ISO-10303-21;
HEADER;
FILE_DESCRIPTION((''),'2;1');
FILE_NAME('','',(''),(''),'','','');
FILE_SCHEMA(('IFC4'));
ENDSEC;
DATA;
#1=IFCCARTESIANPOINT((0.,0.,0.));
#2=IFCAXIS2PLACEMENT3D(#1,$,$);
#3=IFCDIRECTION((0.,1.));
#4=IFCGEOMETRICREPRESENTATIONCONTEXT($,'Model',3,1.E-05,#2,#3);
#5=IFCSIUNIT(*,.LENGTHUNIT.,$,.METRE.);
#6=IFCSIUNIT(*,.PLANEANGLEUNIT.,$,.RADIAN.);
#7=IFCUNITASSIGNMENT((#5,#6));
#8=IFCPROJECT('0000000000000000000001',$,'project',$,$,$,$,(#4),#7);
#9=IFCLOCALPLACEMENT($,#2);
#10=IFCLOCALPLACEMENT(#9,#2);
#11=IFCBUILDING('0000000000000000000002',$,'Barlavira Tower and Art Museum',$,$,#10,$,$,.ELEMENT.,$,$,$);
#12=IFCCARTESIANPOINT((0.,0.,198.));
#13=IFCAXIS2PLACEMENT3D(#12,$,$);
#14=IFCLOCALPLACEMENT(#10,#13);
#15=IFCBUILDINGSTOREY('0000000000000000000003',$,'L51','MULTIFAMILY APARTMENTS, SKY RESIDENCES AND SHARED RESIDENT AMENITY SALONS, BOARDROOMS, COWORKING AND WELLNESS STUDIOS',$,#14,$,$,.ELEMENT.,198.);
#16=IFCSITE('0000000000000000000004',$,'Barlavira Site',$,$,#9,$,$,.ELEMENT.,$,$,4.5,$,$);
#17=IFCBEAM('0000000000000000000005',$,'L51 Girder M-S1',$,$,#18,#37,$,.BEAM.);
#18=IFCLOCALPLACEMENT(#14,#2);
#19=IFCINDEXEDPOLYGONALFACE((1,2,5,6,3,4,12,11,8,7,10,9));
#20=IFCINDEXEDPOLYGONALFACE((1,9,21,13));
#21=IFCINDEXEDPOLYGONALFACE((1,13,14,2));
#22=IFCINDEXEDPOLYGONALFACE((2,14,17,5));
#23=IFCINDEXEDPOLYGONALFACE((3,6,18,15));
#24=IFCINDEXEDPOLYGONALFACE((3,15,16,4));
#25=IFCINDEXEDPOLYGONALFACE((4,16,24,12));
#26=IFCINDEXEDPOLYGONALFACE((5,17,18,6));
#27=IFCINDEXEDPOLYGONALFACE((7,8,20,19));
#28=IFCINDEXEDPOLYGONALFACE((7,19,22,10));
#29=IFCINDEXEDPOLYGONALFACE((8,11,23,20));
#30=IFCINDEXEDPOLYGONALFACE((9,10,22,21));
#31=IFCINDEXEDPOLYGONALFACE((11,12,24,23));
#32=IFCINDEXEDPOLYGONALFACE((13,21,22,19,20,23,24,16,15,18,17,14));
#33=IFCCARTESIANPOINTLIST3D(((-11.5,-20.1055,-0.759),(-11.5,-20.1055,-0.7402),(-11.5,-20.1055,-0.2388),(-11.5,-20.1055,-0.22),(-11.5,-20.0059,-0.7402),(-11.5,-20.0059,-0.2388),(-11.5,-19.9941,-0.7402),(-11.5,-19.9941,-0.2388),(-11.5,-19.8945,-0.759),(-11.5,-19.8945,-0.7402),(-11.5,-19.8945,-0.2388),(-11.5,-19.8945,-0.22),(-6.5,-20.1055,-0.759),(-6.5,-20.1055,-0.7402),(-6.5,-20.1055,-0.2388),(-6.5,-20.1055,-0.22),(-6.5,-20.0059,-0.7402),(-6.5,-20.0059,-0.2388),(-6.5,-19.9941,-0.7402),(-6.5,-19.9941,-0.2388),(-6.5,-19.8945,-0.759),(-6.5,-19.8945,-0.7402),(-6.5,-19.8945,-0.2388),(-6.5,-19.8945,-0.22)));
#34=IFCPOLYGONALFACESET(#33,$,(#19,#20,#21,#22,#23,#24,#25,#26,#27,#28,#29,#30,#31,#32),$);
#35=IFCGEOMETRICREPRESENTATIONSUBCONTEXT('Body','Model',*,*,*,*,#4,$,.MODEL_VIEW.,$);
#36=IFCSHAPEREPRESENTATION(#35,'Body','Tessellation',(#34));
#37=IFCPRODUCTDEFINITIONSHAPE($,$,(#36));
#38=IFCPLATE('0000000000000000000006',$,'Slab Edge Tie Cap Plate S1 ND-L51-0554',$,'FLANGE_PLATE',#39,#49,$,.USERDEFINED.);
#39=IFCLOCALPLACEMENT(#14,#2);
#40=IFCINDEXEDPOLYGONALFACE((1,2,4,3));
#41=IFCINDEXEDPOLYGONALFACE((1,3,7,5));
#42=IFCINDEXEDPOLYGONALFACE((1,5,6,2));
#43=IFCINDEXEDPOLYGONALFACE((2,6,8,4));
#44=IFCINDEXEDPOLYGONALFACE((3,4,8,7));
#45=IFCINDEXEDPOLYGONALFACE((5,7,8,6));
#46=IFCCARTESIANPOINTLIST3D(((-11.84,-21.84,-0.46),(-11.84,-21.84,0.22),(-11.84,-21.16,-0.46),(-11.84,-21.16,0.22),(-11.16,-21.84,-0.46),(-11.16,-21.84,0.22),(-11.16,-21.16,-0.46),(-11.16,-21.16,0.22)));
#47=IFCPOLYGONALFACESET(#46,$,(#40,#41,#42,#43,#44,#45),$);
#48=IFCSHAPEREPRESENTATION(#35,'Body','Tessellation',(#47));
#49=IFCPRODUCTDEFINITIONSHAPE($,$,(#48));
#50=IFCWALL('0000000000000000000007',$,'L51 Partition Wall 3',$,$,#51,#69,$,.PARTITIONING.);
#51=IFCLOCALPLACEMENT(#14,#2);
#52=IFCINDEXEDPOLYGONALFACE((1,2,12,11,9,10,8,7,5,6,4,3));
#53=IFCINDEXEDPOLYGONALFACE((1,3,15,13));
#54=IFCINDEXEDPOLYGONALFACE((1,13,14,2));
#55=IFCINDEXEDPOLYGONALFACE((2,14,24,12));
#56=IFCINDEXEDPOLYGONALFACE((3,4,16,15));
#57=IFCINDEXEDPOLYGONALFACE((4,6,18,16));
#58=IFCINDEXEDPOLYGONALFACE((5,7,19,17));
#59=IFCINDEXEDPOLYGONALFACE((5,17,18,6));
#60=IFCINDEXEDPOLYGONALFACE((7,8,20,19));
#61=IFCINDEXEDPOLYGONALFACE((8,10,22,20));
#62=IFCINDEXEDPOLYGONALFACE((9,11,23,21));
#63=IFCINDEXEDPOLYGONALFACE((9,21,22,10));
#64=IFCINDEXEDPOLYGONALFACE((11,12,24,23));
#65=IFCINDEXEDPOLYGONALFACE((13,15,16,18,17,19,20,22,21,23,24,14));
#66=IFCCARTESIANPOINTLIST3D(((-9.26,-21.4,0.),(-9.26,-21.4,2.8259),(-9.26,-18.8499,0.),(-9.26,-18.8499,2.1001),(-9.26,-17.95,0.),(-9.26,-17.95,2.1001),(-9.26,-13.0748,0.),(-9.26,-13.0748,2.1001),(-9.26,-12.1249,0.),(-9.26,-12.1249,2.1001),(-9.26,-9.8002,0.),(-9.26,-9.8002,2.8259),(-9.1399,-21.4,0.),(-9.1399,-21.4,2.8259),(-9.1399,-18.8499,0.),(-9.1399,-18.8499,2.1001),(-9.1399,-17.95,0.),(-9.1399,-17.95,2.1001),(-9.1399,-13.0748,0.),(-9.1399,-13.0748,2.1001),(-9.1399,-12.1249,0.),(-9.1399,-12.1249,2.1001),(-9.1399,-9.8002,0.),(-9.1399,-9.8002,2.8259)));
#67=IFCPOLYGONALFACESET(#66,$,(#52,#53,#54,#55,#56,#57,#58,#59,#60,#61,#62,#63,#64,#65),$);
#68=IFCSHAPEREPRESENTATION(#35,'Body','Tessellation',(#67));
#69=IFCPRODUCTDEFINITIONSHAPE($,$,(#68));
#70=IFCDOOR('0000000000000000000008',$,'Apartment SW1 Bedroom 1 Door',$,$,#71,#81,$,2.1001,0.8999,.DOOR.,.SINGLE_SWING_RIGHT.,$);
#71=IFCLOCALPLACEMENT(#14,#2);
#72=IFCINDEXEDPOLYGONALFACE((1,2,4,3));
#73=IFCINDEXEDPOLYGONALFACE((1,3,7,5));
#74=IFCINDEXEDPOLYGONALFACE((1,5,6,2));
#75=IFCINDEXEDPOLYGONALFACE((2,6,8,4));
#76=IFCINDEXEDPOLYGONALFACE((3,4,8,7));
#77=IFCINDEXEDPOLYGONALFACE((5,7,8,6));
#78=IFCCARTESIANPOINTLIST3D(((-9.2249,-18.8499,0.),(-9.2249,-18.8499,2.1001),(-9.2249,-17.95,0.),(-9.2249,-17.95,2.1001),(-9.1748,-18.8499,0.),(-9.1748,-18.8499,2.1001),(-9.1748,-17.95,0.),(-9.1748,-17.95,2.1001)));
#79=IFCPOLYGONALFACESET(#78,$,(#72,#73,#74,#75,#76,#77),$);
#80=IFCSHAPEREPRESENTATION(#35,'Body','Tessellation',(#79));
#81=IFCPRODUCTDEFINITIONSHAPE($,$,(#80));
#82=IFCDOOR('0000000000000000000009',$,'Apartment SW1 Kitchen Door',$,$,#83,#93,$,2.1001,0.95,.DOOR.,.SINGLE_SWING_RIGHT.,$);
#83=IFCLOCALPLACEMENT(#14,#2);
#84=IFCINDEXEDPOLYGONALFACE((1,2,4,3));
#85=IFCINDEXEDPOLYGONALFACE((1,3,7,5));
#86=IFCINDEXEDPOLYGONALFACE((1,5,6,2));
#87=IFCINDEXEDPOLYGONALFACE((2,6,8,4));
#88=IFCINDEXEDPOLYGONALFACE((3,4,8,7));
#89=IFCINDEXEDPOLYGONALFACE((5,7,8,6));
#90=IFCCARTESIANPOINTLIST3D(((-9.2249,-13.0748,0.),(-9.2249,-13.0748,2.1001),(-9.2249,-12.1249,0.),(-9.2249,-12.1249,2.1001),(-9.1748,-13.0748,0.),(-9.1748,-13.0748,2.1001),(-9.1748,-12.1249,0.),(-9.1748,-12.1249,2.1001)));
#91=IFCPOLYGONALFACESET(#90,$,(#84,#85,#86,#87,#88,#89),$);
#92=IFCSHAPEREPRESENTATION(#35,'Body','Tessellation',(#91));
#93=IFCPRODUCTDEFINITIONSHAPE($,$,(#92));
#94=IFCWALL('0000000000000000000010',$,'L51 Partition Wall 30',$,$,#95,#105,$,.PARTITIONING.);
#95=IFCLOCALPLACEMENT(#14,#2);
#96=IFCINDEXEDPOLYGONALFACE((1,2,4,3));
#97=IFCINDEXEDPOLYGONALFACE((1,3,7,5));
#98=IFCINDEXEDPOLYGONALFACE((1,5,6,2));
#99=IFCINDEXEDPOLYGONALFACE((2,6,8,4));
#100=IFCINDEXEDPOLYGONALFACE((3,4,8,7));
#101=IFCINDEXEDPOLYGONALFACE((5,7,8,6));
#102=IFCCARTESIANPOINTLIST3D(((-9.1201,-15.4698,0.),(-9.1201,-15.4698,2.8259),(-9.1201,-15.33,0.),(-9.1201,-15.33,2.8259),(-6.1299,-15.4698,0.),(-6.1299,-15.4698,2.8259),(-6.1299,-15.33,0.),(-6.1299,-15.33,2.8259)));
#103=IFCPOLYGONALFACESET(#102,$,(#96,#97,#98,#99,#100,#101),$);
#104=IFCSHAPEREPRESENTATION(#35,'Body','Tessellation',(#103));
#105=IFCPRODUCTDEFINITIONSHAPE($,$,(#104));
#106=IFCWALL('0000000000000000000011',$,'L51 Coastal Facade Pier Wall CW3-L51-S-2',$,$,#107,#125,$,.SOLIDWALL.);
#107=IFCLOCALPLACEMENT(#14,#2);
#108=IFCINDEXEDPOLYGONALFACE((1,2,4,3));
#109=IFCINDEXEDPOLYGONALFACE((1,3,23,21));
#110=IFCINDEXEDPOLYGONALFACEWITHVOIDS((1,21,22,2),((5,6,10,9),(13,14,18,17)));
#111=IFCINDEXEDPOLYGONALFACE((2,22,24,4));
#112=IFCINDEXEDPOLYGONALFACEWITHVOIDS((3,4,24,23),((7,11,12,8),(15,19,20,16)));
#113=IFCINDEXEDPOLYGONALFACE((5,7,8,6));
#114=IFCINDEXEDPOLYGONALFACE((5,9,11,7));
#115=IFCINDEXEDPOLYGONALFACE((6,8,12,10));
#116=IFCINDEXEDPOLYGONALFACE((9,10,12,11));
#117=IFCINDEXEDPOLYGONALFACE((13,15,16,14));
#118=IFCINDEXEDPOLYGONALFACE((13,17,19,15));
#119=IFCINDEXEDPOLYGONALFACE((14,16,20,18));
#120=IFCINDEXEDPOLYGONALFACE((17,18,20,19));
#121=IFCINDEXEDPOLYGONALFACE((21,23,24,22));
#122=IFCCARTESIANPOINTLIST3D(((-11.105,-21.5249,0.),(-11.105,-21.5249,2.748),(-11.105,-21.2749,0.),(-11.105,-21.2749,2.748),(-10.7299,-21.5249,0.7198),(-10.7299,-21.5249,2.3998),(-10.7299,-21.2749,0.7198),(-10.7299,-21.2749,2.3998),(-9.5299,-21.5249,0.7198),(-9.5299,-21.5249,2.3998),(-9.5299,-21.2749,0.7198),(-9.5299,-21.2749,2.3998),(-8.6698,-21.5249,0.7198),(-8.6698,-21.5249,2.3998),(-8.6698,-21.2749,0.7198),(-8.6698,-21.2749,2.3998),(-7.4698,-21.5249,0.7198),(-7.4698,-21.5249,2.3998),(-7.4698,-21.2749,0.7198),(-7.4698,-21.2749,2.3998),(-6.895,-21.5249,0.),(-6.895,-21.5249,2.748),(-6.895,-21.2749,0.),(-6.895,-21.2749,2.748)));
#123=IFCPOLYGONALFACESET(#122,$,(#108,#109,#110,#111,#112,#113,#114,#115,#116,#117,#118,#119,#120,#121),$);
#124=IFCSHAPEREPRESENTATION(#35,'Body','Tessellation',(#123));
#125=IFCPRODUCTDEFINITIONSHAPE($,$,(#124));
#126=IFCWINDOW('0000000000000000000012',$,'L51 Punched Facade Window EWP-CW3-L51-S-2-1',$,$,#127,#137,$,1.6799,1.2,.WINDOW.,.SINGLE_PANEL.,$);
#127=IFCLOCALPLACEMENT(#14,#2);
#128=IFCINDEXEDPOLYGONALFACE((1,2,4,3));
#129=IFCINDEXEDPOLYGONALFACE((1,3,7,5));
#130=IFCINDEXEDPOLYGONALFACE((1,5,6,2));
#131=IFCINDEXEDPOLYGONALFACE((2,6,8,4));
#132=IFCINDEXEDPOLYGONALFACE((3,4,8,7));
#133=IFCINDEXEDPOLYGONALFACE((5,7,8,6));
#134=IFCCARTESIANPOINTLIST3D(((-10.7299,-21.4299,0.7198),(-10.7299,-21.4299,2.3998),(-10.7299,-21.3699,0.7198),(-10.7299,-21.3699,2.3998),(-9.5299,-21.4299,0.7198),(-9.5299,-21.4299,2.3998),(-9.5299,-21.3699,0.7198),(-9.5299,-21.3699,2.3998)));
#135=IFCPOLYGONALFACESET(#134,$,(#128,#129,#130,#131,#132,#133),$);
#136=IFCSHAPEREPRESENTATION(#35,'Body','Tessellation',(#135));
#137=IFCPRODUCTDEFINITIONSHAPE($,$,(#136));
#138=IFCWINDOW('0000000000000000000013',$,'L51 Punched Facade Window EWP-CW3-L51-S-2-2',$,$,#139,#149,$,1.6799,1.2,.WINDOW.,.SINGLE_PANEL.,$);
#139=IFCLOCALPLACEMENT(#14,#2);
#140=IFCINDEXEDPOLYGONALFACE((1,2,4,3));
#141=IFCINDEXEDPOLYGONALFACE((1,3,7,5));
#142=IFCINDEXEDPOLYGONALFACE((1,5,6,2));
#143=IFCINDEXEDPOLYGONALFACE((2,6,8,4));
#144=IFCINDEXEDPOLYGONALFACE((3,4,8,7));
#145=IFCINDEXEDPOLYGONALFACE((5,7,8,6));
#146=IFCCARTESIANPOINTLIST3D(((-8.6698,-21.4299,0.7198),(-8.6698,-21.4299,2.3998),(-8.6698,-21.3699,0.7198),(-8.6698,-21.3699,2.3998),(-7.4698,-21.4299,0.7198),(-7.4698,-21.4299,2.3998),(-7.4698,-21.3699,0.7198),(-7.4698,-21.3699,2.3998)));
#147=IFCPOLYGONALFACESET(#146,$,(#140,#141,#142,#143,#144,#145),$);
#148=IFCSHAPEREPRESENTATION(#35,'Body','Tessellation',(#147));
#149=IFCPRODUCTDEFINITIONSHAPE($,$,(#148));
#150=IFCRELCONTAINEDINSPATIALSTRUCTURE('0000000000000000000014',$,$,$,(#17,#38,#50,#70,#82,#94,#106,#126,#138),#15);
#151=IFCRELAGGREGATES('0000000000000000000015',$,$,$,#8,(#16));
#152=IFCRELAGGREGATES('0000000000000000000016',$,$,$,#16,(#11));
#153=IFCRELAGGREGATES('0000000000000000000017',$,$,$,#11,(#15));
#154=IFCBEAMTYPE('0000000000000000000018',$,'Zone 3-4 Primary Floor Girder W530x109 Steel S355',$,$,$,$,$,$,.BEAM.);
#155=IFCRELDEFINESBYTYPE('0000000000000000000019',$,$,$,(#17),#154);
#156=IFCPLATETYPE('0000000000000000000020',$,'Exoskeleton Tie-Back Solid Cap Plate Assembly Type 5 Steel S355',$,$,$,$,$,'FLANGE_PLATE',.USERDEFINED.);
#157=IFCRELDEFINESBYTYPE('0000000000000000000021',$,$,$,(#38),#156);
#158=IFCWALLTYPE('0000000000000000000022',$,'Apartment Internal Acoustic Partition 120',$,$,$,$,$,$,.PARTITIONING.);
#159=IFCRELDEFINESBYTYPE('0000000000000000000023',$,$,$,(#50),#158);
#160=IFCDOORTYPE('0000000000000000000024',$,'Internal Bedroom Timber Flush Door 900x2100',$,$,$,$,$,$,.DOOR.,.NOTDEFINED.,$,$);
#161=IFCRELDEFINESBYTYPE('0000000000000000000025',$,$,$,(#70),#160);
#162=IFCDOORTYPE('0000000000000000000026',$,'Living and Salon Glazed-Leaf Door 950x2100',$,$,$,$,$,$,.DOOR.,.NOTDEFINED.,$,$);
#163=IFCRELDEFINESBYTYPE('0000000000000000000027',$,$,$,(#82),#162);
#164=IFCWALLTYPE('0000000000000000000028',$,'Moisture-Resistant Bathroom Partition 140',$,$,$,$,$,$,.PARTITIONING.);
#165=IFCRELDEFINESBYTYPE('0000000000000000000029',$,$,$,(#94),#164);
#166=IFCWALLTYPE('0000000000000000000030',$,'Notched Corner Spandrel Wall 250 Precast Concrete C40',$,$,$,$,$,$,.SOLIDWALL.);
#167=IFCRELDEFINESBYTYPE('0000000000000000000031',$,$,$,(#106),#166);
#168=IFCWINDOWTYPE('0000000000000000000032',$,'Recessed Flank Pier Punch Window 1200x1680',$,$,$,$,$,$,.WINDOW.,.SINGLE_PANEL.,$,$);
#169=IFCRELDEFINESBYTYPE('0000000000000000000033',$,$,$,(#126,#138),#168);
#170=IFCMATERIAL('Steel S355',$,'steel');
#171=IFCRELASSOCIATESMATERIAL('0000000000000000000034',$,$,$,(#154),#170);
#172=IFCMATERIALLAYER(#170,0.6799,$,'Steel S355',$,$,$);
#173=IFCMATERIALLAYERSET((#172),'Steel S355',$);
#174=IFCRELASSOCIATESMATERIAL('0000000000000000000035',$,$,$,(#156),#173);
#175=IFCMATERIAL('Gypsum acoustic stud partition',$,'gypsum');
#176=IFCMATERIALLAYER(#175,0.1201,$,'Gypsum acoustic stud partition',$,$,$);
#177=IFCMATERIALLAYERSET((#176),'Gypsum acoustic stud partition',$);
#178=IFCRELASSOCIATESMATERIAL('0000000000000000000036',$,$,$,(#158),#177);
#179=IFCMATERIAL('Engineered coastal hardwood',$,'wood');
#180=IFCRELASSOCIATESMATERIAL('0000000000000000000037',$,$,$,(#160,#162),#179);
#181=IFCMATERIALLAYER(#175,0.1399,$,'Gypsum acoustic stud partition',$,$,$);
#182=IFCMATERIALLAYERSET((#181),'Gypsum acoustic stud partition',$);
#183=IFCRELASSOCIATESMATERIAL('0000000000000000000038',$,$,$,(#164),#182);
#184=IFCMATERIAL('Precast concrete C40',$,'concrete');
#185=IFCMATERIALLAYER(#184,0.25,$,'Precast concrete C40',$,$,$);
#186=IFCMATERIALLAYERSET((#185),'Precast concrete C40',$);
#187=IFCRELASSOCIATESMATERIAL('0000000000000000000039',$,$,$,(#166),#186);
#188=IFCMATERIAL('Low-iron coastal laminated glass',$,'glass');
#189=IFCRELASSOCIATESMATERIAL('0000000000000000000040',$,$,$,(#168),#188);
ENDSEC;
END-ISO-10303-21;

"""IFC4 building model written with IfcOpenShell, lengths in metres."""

from ifc_helpers import new_model, si_unit, direction, frame, frame_2d, origin, origin_2d, place, context, subcontext, project, spatial, rectangle, i_section, extrude, material, layer, layer_set, material_profile, profile_set, type_object, element, fill, save


model = new_model("IFC4")

# Units and contexts
model_context = context("Model", 3, precision=1e-05, world=origin(), true_north=direction((0.0, 1.0)))
body_context = subcontext(model_context, "Body", "Model", "MODEL_VIEW")
ifc_project = project(units=[si_unit("LENGTHUNIT", "METRE"), si_unit("PLANEANGLEUNIT", "RADIAN")], contexts=[model_context])

# Site, building, storey
site_placement = place(None, origin())
site = spatial("IfcSite", under=ifc_project, at=site_placement, Name="Barlavira Site", CompositionType="ELEMENT", RefElevation=4.5)
building_placement = place(site_placement, origin())
building = spatial("IfcBuilding", under=site, at=building_placement, Name="Barlavira Tower and Art Museum", CompositionType="ELEMENT")
storey_placement = place(building_placement, frame((0.0, 0.0, 198.0)))
storey = spatial("IfcBuildingStorey", under=building, at=storey_placement, Name="L51", Description="MULTIFAMILY APARTMENTS, SKY RESIDENCES AND SHARED RESIDENT AMENITY SALONS, BOARDROOMS, COWORKING AND WELLNESS STUDIOS", CompositionType="ELEMENT", Elevation=198.0)

# Shared definitions
ifc_material_1 = material(Name="Steel S355", Category="steel")

# Beam
ifc_material_profile_1 = material_profile(ifc_material_1, i_section(OverallWidth=0.2109, OverallDepth=0.5391, WebThickness=0.0117, FlangeThickness=0.0188, at=origin_2d()), Name="W530x109.0")
ifc_profile_set_1 = profile_set([ifc_material_profile_1], Name="Steel S355")
beam_type_1 = type_object("IfcBeamType", Name="Zone 3-4 Primary Floor Girder W530x109 Steel S355", PredefinedType="BEAM", material=ifc_profile_set_1)
beam_1_placement = place(storey_placement, frame((-11.5, -20.0, -0.4895), z_axis=(1.0, 0.0, 0.0), x_axis=(0.0, 1.0, 0.0)))
element("IfcBeam", 1, at=beam_1_placement, inside=storey, type_object=beam_type_1, Name="L51 Girder M-S1", PredefinedType="BEAM", context=body_context, shape_type="SweptSolid", body=[
    extrude(i_section(OverallWidth=0.2109, OverallDepth=0.5391, WebThickness=0.0117, FlangeThickness=0.0188, at=origin_2d()), origin(), (0.0, 0.0, 1.0), 5.0),
])

# Plate
ifc_layer_1 = layer(ifc_material_1, 0.6799, Name="Steel S355")
ifc_layer_set_1 = layer_set([ifc_layer_1], Name="Steel S355")
plate_type = type_object("IfcPlateType", Name="Exoskeleton Tie-Back Solid Cap Plate Assembly Type 5 Steel S355", ElementType="FLANGE_PLATE", PredefinedType="USERDEFINED", material=ifc_layer_set_1)
plate_placement = place(storey_placement, frame((-11.5, -21.5, -0.46), z_axis=(0.0, 0.0, 1.0), x_axis=(1.0, 0.0, 0.0)))
element("IfcPlate", 2, at=plate_placement, inside=storey, type_object=plate_type, Name="Slab Edge Tie Cap Plate S1 ND-L51-0554", ObjectType="FLANGE_PLATE", PredefinedType="USERDEFINED", context=body_context, shape_type="SweptSolid", body=[
    extrude(rectangle(XDim=0.6799, YDim=0.6799, at=origin_2d()), origin(), (0.0, 0.0, 1.0), 0.6799),
])

# Wall, openings, doors
ifc_material_2 = material(Name="Gypsum acoustic stud partition", Category="gypsum")
ifc_layer_2 = layer(ifc_material_2, 0.1201, Name="Gypsum acoustic stud partition")
ifc_layer_set_2 = layer_set([ifc_layer_2], Name="Gypsum acoustic stud partition")
wall_type_1 = type_object("IfcWallType", Name="Apartment Internal Acoustic Partition 120", PredefinedType="PARTITIONING", material=ifc_layer_set_2)
wall_1_placement = place(storey_placement, frame((-9.2, -21.3999, 0.0), z_axis=(0.0, 0.0, 1.0), x_axis=(0.0, 1.0, 0.0)))
wall_1 = element("IfcWall", 3, at=wall_1_placement, inside=storey, type_object=wall_type_1, Name="L51 Partition Wall 3", PredefinedType="PARTITIONING", context=body_context, shape_type="SweptSolid", body=[
    extrude(rectangle(XDim=11.5999, YDim=0.1201, at=frame_2d((5.7998, 0.0))), origin(), (0.0, 0.0, 1.0), 2.8259),
])
opening_1_placement = place(wall_1_placement, frame((8.325, 0.0, 0.0)))
opening_1 = element("IfcOpeningElement", 4, at=opening_1_placement, cuts=wall_1, PredefinedType="OPENING", context=body_context, shape_type="SweptSolid", body=[
    extrude(rectangle(XDim=0.95, YDim=2.1001, at=frame_2d((0.4751, 1.05))), frame((0.0, 0.0701, 0.0), z_axis=(0.0, -1.0, 0.0), x_axis=(1.0, 0.0, 0.0)), (0.0, 0.0, 1.0), 0.1401),
])
opening_2_placement = place(wall_1_placement, frame((2.55, 0.0, 0.0)))
opening_2 = element("IfcOpeningElement", 5, at=opening_2_placement, cuts=wall_1, PredefinedType="OPENING", context=body_context, shape_type="SweptSolid", body=[
    extrude(rectangle(XDim=0.8999, YDim=2.1001, at=frame_2d((0.45, 1.05))), frame((0.0, 0.0701, 0.0), z_axis=(0.0, -1.0, 0.0), x_axis=(1.0, 0.0, 0.0)), (0.0, 0.0, 1.0), 0.1401),
])
ifc_material_3 = material(Name="Engineered coastal hardwood", Category="wood")
door_type_1 = type_object("IfcDoorType", Name="Internal Bedroom Timber Flush Door 900x2100", OperationType="NOTDEFINED", PredefinedType="DOOR", material=ifc_material_3)
door_1_placement = place(opening_2_placement, origin())
door_1 = element("IfcDoor", 6, at=door_1_placement, inside=storey, type_object=door_type_1, Name="Apartment SW1 Bedroom 1 Door", OperationType="SINGLE_SWING_RIGHT", OverallHeight=2.1001, OverallWidth=0.8999, PredefinedType="DOOR", context=body_context, shape_type="SweptSolid", body=[
    extrude(rectangle(XDim=0.8999, YDim=2.1001, at=frame_2d((0.45, 1.05))), frame((0.0, 0.0249, 0.0), z_axis=(0.0, -1.0, 0.0), x_axis=(1.0, 0.0, 0.0)), (0.0, 0.0, 1.0), 0.05),
])
fill(opening_2, door_1)
door_type_2 = type_object("IfcDoorType", Name="Living and Salon Glazed-Leaf Door 950x2100", OperationType="NOTDEFINED", PredefinedType="DOOR", material=ifc_material_3)
door_2_placement = place(opening_1_placement, origin())
door_2 = element("IfcDoor", 7, at=door_2_placement, inside=storey, type_object=door_type_2, Name="Apartment SW1 Kitchen Door", OperationType="SINGLE_SWING_RIGHT", OverallHeight=2.1001, OverallWidth=0.95, PredefinedType="DOOR", context=body_context, shape_type="SweptSolid", body=[
    extrude(rectangle(XDim=0.95, YDim=2.1001, at=frame_2d((0.4751, 1.05))), frame((0.0, 0.0249, 0.0), z_axis=(0.0, -1.0, 0.0), x_axis=(1.0, 0.0, 0.0)), (0.0, 0.0, 1.0), 0.05),
])
fill(opening_1, door_2)

# Wall
ifc_layer_3 = layer(ifc_material_2, 0.1399, Name="Gypsum acoustic stud partition")
ifc_layer_set_3 = layer_set([ifc_layer_3], Name="Gypsum acoustic stud partition")
wall_type_2 = type_object("IfcWallType", Name="Moisture-Resistant Bathroom Partition 140", PredefinedType="PARTITIONING", material=ifc_layer_set_3)
wall_2_placement = place(storey_placement, frame((-9.1201, -15.3999, 0.0), z_axis=(0.0, 0.0, 1.0), x_axis=(1.0, 0.0, 0.0)))
element("IfcWall", 8, at=wall_2_placement, inside=storey, type_object=wall_type_2, Name="L51 Partition Wall 30", PredefinedType="PARTITIONING", context=body_context, shape_type="SweptSolid", body=[
    extrude(rectangle(XDim=2.9902, YDim=0.1399, at=frame_2d((1.4951, 0.0))), origin(), (0.0, 0.0, 1.0), 2.8259),
])

# Wall, openings, windows
ifc_material_4 = material(Name="Precast concrete C40", Category="concrete")
ifc_layer_4 = layer(ifc_material_4, 0.25, Name="Precast concrete C40")
ifc_layer_set_4 = layer_set([ifc_layer_4], Name="Precast concrete C40")
wall_type_3 = type_object("IfcWallType", Name="Notched Corner Spandrel Wall 250 Precast Concrete C40", PredefinedType="SOLIDWALL", material=ifc_layer_set_4)
wall_3_placement = place(storey_placement, frame((-11.105, -21.3999, 0.0), z_axis=(0.0, 0.0, 1.0), x_axis=(1.0, 0.0, 0.0)))
wall_3 = element("IfcWall", 9, at=wall_3_placement, inside=storey, type_object=wall_type_3, Name="L51 Coastal Facade Pier Wall CW3-L51-S-2", PredefinedType="SOLIDWALL", context=body_context, shape_type="SweptSolid", body=[
    extrude(rectangle(XDim=4.21, YDim=0.25, at=frame_2d((2.105, 0.0))), origin(), (0.0, 0.0, 1.0), 2.748),
])
opening_3_placement = place(wall_3_placement, frame((0.375, 0.0, 0.72)))
opening_3 = element("IfcOpeningElement", 10, at=opening_3_placement, cuts=wall_3, PredefinedType="OPENING", context=body_context, shape_type="SweptSolid", body=[
    extrude(rectangle(XDim=1.2, YDim=1.6799, at=frame_2d((0.6001, 0.8398))), frame((0.0, 0.135, 0.0), z_axis=(0.0, -1.0, 0.0), x_axis=(1.0, 0.0, 0.0)), (0.0, 0.0, 1.0), 0.27),
])
opening_4_placement = place(wall_3_placement, frame((2.4351, 0.0, 0.72)))
opening_4 = element("IfcOpeningElement", 11, at=opening_4_placement, cuts=wall_3, PredefinedType="OPENING", context=body_context, shape_type="SweptSolid", body=[
    extrude(rectangle(XDim=1.2, YDim=1.6799, at=frame_2d((0.6001, 0.8398))), frame((0.0, 0.135, 0.0), z_axis=(0.0, -1.0, 0.0), x_axis=(1.0, 0.0, 0.0)), (0.0, 0.0, 1.0), 0.27),
])
ifc_material_5 = material(Name="Low-iron coastal laminated glass", Category="glass")
window_type = type_object("IfcWindowType", Name="Recessed Flank Pier Punch Window 1200x1680", PartitioningType="SINGLE_PANEL", PredefinedType="WINDOW", material=ifc_material_5)
window_1_placement = place(opening_3_placement, origin())
window_1 = element("IfcWindow", 12, at=window_1_placement, inside=storey, type_object=window_type, Name="L51 Punched Facade Window EWP-CW3-L51-S-2-1", OverallHeight=1.6799, OverallWidth=1.2, PartitioningType="SINGLE_PANEL", PredefinedType="WINDOW", context=body_context, shape_type="SweptSolid", body=[
    extrude(rectangle(XDim=1.2, YDim=1.6799, at=frame_2d((0.6001, 0.8398))), frame((0.0, 0.03, 0.0), z_axis=(0.0, -1.0, 0.0), x_axis=(1.0, 0.0, 0.0)), (0.0, 0.0, 1.0), 0.0601),
])
fill(opening_3, window_1)
window_2_placement = place(opening_4_placement, origin())
window_2 = element("IfcWindow", 13, at=window_2_placement, inside=storey, type_object=window_type, Name="L51 Punched Facade Window EWP-CW3-L51-S-2-2", OverallHeight=1.6799, OverallWidth=1.2, PartitioningType="SINGLE_PANEL", PredefinedType="WINDOW", context=body_context, shape_type="SweptSolid", body=[
    extrude(rectangle(XDim=1.2, YDim=1.6799, at=frame_2d((0.6001, 0.8398))), frame((0.0, 0.03, 0.0), z_axis=(0.0, -1.0, 0.0), x_axis=(1.0, 0.0, 0.0)), (0.0, 0.0, 1.0), 0.0601),
])
fill(opening_4, window_2)

save(model, "model.ifc")
